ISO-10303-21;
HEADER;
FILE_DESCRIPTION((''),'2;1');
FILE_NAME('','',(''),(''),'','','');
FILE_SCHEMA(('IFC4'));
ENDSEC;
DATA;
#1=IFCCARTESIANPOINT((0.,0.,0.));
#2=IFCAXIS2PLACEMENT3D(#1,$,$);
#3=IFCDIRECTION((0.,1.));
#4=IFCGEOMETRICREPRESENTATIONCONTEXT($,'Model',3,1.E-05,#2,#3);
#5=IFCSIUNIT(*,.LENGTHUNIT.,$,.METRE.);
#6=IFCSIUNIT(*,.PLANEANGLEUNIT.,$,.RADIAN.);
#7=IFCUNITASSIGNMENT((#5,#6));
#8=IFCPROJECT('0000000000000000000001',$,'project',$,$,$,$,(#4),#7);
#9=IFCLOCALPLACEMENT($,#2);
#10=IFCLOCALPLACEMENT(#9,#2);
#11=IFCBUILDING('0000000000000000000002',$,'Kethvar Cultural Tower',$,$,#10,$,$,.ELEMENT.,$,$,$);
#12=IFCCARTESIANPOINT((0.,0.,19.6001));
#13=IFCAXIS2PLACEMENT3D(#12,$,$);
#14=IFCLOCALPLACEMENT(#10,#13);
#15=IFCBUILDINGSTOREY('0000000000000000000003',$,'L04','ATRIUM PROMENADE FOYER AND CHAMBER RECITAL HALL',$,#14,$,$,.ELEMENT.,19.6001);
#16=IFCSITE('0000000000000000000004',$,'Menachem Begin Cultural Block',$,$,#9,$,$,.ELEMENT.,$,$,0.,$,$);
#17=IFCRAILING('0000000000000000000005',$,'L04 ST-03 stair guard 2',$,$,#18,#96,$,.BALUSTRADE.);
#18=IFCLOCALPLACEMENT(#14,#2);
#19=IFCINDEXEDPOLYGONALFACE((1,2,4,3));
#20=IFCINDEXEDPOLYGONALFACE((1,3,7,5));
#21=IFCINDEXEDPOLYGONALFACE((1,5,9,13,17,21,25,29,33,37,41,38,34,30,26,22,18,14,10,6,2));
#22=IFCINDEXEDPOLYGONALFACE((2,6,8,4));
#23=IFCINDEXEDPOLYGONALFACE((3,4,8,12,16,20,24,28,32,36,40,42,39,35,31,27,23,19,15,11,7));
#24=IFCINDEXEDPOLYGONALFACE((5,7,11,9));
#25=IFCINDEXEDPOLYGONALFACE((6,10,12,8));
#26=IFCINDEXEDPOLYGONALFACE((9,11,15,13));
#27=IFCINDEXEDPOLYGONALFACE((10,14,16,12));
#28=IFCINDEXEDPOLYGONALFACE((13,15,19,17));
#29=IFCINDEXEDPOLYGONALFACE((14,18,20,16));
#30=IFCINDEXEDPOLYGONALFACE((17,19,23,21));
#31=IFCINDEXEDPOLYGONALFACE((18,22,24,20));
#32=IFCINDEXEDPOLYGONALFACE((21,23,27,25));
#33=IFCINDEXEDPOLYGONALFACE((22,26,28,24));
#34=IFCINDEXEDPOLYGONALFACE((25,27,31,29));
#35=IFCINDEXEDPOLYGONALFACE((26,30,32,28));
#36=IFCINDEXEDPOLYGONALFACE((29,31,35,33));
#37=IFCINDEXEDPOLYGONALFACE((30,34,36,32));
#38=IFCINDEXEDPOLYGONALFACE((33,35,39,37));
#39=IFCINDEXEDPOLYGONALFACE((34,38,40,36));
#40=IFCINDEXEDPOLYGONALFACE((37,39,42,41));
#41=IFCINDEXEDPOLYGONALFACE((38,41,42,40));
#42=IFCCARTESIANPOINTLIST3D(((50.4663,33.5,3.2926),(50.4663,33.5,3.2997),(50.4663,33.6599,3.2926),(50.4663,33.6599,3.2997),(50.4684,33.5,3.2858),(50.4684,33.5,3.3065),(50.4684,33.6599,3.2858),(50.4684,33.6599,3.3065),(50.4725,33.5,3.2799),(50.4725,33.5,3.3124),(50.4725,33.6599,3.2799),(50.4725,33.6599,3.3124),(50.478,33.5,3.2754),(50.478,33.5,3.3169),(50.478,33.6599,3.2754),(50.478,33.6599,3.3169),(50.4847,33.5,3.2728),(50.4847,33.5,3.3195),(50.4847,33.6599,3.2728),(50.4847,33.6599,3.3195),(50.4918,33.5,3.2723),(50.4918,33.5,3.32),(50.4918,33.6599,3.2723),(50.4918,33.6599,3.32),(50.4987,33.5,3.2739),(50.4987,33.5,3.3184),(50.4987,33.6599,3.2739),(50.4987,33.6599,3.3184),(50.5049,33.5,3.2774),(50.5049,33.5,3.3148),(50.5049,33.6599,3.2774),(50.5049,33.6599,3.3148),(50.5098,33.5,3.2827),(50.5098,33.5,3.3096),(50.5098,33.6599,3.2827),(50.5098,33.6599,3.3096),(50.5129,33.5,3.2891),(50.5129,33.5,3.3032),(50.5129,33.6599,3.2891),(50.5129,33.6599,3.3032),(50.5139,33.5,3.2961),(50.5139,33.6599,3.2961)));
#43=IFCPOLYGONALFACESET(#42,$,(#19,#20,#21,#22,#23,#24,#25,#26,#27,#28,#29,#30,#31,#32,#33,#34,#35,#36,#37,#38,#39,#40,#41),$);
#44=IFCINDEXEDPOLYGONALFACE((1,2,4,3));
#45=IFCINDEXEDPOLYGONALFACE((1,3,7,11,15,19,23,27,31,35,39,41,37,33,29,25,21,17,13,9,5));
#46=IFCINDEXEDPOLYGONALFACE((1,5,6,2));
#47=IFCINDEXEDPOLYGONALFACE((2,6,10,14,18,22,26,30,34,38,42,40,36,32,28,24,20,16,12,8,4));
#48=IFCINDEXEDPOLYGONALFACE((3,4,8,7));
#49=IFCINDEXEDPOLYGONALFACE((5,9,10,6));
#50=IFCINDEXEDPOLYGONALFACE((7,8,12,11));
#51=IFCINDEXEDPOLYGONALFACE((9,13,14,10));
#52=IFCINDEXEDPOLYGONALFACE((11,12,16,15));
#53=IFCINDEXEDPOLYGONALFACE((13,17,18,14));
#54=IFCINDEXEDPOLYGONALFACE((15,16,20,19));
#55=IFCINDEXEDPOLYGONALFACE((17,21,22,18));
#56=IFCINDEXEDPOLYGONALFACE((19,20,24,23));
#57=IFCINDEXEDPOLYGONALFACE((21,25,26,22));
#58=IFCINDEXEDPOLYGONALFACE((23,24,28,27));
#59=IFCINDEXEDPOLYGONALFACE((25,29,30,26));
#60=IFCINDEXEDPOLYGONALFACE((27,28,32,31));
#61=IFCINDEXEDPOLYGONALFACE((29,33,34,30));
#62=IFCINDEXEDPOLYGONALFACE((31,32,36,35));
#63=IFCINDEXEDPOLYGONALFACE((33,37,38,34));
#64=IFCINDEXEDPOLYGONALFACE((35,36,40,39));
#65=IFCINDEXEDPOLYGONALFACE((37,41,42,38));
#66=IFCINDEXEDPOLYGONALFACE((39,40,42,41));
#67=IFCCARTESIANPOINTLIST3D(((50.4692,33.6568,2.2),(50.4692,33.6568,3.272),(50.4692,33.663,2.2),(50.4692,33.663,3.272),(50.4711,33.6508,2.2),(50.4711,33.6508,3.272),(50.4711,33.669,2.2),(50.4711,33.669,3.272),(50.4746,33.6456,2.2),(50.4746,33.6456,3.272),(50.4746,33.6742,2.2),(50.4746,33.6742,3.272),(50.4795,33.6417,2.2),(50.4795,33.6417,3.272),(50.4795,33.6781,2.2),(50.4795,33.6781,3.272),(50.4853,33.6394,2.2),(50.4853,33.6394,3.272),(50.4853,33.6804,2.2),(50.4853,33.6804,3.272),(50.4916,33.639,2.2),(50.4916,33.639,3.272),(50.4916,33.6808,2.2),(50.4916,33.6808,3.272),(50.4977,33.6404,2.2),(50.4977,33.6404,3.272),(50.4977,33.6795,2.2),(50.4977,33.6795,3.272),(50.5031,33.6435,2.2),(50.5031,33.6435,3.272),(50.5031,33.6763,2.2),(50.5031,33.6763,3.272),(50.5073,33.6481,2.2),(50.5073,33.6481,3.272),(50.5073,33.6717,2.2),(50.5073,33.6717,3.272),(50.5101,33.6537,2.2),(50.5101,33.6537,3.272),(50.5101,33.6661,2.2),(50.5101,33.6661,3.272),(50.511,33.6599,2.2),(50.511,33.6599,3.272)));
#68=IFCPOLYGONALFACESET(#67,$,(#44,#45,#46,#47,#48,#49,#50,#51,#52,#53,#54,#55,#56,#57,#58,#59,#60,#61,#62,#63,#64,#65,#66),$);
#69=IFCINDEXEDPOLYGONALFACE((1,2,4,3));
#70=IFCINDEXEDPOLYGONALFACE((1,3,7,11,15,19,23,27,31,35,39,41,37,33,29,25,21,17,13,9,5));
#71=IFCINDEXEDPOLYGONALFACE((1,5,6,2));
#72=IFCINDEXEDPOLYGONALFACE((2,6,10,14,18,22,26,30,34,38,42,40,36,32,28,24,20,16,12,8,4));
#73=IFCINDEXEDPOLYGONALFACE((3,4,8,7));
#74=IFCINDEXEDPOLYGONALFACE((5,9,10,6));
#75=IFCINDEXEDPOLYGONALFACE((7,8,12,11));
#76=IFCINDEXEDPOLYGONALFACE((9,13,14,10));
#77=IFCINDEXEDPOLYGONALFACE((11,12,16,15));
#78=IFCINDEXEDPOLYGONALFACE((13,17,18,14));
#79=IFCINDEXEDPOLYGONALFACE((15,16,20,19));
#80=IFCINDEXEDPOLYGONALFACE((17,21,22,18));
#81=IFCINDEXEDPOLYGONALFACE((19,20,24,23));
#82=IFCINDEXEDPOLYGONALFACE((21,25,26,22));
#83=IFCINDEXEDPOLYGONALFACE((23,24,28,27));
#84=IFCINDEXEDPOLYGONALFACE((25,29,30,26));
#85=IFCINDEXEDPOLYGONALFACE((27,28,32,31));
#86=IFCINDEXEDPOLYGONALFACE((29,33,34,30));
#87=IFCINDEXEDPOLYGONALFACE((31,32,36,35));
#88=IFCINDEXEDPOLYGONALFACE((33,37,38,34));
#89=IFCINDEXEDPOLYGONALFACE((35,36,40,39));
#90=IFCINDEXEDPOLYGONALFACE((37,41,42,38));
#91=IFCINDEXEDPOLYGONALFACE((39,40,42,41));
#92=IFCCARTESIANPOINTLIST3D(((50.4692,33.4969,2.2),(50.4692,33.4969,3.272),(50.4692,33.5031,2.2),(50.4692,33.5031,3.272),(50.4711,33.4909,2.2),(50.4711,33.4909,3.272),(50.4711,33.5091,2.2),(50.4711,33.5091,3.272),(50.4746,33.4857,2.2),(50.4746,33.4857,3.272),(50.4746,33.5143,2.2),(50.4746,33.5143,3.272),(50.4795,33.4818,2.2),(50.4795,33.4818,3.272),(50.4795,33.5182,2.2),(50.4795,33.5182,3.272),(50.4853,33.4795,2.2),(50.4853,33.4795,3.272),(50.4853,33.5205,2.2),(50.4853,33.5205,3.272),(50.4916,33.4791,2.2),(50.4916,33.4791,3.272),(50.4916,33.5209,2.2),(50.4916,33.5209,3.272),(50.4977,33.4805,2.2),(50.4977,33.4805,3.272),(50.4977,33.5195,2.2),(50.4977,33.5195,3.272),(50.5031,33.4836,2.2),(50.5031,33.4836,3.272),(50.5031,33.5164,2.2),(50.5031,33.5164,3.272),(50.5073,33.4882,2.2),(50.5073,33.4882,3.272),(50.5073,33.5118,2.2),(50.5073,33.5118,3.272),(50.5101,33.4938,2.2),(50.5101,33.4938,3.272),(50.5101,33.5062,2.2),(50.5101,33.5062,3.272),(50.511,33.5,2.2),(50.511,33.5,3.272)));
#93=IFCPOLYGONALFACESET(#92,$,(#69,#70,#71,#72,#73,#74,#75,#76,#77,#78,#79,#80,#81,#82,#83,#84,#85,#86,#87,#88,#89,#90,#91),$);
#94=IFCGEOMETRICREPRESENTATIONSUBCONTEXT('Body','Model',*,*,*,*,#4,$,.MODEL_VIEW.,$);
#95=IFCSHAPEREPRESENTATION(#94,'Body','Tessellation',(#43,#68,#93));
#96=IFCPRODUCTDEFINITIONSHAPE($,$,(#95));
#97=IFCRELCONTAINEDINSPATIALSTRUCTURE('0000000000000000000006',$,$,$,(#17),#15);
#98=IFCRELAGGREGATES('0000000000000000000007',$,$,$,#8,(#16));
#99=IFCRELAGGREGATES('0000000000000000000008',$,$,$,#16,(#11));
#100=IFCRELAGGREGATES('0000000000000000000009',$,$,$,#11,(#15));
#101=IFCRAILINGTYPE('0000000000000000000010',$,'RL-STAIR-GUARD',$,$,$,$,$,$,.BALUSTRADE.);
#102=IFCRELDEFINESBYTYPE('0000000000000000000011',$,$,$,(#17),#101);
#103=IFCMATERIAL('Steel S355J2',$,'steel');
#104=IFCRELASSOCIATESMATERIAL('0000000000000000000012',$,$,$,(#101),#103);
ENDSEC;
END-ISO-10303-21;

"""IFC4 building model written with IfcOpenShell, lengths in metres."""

from ifc_helpers import new_model, si_unit, direction, frame, origin, origin_2d, place, context, subcontext, project, spatial, circle, extrude, material, type_object, element, save


model = new_model("IFC4")

# Units and contexts
model_context = context("Model", 3, precision=1e-05, world=origin(), true_north=direction((0.0, 1.0)))
body_context = subcontext(model_context, "Body", "Model", "MODEL_VIEW")
ifc_project = project(units=[si_unit("LENGTHUNIT", "METRE"), si_unit("PLANEANGLEUNIT", "RADIAN")], contexts=[model_context])

# Site, building, storey
site_placement = place(None, origin())
site = spatial("IfcSite", under=ifc_project, at=site_placement, Name="Menachem Begin Cultural Block", CompositionType="ELEMENT", RefElevation=0.0)
building_placement = place(site_placement, origin())
building = spatial("IfcBuilding", under=site, at=building_placement, Name="Kethvar Cultural Tower", CompositionType="ELEMENT")
storey_placement = place(building_placement, frame((0.0, 0.0, 19.6001)))
storey = spatial("IfcBuildingStorey", under=building, at=storey_placement, Name="L04", Description="ATRIUM PROMENADE FOYER AND CHAMBER RECITAL HALL", CompositionType="ELEMENT", Elevation=19.6001)

# Shared definitions
ifc_material_1 = material(Name="Steel S355J2", Category="steel")

# Railing
railing_type_1 = type_object("IfcRailingType", Name="RL-STAIR-GUARD", PredefinedType="BALUSTRADE", material=ifc_material_1)
railing_1_placement = place(storey_placement, frame((50.49, 33.6599, 2.2)))
element("IfcRailing", 1, at=railing_1_placement, inside=storey, type_object=railing_type_1, Name="L04 ST-03 stair guard 2", PredefinedType="BALUSTRADE", context=body_context, shape_type="SweptSolid", body=[
    extrude(circle(Radius=0.0239, at=origin_2d()), frame((0.0, 0.0, 1.0962), z_axis=(0.0, -1.0, 0.0), x_axis=(1.0, 0.0, 0.0)), (0.0, 0.0, 1.0), 0.1599),
    extrude(circle(Radius=0.021, at=origin_2d()), origin(), (0.0, 0.0, 1.0), 1.072),
    extrude(circle(Radius=0.021, at=origin_2d()), frame((0.0, -0.1599, 0.0)), (0.0, 0.0, 1.0), 1.072),
])

save(model, "model.ifc")
